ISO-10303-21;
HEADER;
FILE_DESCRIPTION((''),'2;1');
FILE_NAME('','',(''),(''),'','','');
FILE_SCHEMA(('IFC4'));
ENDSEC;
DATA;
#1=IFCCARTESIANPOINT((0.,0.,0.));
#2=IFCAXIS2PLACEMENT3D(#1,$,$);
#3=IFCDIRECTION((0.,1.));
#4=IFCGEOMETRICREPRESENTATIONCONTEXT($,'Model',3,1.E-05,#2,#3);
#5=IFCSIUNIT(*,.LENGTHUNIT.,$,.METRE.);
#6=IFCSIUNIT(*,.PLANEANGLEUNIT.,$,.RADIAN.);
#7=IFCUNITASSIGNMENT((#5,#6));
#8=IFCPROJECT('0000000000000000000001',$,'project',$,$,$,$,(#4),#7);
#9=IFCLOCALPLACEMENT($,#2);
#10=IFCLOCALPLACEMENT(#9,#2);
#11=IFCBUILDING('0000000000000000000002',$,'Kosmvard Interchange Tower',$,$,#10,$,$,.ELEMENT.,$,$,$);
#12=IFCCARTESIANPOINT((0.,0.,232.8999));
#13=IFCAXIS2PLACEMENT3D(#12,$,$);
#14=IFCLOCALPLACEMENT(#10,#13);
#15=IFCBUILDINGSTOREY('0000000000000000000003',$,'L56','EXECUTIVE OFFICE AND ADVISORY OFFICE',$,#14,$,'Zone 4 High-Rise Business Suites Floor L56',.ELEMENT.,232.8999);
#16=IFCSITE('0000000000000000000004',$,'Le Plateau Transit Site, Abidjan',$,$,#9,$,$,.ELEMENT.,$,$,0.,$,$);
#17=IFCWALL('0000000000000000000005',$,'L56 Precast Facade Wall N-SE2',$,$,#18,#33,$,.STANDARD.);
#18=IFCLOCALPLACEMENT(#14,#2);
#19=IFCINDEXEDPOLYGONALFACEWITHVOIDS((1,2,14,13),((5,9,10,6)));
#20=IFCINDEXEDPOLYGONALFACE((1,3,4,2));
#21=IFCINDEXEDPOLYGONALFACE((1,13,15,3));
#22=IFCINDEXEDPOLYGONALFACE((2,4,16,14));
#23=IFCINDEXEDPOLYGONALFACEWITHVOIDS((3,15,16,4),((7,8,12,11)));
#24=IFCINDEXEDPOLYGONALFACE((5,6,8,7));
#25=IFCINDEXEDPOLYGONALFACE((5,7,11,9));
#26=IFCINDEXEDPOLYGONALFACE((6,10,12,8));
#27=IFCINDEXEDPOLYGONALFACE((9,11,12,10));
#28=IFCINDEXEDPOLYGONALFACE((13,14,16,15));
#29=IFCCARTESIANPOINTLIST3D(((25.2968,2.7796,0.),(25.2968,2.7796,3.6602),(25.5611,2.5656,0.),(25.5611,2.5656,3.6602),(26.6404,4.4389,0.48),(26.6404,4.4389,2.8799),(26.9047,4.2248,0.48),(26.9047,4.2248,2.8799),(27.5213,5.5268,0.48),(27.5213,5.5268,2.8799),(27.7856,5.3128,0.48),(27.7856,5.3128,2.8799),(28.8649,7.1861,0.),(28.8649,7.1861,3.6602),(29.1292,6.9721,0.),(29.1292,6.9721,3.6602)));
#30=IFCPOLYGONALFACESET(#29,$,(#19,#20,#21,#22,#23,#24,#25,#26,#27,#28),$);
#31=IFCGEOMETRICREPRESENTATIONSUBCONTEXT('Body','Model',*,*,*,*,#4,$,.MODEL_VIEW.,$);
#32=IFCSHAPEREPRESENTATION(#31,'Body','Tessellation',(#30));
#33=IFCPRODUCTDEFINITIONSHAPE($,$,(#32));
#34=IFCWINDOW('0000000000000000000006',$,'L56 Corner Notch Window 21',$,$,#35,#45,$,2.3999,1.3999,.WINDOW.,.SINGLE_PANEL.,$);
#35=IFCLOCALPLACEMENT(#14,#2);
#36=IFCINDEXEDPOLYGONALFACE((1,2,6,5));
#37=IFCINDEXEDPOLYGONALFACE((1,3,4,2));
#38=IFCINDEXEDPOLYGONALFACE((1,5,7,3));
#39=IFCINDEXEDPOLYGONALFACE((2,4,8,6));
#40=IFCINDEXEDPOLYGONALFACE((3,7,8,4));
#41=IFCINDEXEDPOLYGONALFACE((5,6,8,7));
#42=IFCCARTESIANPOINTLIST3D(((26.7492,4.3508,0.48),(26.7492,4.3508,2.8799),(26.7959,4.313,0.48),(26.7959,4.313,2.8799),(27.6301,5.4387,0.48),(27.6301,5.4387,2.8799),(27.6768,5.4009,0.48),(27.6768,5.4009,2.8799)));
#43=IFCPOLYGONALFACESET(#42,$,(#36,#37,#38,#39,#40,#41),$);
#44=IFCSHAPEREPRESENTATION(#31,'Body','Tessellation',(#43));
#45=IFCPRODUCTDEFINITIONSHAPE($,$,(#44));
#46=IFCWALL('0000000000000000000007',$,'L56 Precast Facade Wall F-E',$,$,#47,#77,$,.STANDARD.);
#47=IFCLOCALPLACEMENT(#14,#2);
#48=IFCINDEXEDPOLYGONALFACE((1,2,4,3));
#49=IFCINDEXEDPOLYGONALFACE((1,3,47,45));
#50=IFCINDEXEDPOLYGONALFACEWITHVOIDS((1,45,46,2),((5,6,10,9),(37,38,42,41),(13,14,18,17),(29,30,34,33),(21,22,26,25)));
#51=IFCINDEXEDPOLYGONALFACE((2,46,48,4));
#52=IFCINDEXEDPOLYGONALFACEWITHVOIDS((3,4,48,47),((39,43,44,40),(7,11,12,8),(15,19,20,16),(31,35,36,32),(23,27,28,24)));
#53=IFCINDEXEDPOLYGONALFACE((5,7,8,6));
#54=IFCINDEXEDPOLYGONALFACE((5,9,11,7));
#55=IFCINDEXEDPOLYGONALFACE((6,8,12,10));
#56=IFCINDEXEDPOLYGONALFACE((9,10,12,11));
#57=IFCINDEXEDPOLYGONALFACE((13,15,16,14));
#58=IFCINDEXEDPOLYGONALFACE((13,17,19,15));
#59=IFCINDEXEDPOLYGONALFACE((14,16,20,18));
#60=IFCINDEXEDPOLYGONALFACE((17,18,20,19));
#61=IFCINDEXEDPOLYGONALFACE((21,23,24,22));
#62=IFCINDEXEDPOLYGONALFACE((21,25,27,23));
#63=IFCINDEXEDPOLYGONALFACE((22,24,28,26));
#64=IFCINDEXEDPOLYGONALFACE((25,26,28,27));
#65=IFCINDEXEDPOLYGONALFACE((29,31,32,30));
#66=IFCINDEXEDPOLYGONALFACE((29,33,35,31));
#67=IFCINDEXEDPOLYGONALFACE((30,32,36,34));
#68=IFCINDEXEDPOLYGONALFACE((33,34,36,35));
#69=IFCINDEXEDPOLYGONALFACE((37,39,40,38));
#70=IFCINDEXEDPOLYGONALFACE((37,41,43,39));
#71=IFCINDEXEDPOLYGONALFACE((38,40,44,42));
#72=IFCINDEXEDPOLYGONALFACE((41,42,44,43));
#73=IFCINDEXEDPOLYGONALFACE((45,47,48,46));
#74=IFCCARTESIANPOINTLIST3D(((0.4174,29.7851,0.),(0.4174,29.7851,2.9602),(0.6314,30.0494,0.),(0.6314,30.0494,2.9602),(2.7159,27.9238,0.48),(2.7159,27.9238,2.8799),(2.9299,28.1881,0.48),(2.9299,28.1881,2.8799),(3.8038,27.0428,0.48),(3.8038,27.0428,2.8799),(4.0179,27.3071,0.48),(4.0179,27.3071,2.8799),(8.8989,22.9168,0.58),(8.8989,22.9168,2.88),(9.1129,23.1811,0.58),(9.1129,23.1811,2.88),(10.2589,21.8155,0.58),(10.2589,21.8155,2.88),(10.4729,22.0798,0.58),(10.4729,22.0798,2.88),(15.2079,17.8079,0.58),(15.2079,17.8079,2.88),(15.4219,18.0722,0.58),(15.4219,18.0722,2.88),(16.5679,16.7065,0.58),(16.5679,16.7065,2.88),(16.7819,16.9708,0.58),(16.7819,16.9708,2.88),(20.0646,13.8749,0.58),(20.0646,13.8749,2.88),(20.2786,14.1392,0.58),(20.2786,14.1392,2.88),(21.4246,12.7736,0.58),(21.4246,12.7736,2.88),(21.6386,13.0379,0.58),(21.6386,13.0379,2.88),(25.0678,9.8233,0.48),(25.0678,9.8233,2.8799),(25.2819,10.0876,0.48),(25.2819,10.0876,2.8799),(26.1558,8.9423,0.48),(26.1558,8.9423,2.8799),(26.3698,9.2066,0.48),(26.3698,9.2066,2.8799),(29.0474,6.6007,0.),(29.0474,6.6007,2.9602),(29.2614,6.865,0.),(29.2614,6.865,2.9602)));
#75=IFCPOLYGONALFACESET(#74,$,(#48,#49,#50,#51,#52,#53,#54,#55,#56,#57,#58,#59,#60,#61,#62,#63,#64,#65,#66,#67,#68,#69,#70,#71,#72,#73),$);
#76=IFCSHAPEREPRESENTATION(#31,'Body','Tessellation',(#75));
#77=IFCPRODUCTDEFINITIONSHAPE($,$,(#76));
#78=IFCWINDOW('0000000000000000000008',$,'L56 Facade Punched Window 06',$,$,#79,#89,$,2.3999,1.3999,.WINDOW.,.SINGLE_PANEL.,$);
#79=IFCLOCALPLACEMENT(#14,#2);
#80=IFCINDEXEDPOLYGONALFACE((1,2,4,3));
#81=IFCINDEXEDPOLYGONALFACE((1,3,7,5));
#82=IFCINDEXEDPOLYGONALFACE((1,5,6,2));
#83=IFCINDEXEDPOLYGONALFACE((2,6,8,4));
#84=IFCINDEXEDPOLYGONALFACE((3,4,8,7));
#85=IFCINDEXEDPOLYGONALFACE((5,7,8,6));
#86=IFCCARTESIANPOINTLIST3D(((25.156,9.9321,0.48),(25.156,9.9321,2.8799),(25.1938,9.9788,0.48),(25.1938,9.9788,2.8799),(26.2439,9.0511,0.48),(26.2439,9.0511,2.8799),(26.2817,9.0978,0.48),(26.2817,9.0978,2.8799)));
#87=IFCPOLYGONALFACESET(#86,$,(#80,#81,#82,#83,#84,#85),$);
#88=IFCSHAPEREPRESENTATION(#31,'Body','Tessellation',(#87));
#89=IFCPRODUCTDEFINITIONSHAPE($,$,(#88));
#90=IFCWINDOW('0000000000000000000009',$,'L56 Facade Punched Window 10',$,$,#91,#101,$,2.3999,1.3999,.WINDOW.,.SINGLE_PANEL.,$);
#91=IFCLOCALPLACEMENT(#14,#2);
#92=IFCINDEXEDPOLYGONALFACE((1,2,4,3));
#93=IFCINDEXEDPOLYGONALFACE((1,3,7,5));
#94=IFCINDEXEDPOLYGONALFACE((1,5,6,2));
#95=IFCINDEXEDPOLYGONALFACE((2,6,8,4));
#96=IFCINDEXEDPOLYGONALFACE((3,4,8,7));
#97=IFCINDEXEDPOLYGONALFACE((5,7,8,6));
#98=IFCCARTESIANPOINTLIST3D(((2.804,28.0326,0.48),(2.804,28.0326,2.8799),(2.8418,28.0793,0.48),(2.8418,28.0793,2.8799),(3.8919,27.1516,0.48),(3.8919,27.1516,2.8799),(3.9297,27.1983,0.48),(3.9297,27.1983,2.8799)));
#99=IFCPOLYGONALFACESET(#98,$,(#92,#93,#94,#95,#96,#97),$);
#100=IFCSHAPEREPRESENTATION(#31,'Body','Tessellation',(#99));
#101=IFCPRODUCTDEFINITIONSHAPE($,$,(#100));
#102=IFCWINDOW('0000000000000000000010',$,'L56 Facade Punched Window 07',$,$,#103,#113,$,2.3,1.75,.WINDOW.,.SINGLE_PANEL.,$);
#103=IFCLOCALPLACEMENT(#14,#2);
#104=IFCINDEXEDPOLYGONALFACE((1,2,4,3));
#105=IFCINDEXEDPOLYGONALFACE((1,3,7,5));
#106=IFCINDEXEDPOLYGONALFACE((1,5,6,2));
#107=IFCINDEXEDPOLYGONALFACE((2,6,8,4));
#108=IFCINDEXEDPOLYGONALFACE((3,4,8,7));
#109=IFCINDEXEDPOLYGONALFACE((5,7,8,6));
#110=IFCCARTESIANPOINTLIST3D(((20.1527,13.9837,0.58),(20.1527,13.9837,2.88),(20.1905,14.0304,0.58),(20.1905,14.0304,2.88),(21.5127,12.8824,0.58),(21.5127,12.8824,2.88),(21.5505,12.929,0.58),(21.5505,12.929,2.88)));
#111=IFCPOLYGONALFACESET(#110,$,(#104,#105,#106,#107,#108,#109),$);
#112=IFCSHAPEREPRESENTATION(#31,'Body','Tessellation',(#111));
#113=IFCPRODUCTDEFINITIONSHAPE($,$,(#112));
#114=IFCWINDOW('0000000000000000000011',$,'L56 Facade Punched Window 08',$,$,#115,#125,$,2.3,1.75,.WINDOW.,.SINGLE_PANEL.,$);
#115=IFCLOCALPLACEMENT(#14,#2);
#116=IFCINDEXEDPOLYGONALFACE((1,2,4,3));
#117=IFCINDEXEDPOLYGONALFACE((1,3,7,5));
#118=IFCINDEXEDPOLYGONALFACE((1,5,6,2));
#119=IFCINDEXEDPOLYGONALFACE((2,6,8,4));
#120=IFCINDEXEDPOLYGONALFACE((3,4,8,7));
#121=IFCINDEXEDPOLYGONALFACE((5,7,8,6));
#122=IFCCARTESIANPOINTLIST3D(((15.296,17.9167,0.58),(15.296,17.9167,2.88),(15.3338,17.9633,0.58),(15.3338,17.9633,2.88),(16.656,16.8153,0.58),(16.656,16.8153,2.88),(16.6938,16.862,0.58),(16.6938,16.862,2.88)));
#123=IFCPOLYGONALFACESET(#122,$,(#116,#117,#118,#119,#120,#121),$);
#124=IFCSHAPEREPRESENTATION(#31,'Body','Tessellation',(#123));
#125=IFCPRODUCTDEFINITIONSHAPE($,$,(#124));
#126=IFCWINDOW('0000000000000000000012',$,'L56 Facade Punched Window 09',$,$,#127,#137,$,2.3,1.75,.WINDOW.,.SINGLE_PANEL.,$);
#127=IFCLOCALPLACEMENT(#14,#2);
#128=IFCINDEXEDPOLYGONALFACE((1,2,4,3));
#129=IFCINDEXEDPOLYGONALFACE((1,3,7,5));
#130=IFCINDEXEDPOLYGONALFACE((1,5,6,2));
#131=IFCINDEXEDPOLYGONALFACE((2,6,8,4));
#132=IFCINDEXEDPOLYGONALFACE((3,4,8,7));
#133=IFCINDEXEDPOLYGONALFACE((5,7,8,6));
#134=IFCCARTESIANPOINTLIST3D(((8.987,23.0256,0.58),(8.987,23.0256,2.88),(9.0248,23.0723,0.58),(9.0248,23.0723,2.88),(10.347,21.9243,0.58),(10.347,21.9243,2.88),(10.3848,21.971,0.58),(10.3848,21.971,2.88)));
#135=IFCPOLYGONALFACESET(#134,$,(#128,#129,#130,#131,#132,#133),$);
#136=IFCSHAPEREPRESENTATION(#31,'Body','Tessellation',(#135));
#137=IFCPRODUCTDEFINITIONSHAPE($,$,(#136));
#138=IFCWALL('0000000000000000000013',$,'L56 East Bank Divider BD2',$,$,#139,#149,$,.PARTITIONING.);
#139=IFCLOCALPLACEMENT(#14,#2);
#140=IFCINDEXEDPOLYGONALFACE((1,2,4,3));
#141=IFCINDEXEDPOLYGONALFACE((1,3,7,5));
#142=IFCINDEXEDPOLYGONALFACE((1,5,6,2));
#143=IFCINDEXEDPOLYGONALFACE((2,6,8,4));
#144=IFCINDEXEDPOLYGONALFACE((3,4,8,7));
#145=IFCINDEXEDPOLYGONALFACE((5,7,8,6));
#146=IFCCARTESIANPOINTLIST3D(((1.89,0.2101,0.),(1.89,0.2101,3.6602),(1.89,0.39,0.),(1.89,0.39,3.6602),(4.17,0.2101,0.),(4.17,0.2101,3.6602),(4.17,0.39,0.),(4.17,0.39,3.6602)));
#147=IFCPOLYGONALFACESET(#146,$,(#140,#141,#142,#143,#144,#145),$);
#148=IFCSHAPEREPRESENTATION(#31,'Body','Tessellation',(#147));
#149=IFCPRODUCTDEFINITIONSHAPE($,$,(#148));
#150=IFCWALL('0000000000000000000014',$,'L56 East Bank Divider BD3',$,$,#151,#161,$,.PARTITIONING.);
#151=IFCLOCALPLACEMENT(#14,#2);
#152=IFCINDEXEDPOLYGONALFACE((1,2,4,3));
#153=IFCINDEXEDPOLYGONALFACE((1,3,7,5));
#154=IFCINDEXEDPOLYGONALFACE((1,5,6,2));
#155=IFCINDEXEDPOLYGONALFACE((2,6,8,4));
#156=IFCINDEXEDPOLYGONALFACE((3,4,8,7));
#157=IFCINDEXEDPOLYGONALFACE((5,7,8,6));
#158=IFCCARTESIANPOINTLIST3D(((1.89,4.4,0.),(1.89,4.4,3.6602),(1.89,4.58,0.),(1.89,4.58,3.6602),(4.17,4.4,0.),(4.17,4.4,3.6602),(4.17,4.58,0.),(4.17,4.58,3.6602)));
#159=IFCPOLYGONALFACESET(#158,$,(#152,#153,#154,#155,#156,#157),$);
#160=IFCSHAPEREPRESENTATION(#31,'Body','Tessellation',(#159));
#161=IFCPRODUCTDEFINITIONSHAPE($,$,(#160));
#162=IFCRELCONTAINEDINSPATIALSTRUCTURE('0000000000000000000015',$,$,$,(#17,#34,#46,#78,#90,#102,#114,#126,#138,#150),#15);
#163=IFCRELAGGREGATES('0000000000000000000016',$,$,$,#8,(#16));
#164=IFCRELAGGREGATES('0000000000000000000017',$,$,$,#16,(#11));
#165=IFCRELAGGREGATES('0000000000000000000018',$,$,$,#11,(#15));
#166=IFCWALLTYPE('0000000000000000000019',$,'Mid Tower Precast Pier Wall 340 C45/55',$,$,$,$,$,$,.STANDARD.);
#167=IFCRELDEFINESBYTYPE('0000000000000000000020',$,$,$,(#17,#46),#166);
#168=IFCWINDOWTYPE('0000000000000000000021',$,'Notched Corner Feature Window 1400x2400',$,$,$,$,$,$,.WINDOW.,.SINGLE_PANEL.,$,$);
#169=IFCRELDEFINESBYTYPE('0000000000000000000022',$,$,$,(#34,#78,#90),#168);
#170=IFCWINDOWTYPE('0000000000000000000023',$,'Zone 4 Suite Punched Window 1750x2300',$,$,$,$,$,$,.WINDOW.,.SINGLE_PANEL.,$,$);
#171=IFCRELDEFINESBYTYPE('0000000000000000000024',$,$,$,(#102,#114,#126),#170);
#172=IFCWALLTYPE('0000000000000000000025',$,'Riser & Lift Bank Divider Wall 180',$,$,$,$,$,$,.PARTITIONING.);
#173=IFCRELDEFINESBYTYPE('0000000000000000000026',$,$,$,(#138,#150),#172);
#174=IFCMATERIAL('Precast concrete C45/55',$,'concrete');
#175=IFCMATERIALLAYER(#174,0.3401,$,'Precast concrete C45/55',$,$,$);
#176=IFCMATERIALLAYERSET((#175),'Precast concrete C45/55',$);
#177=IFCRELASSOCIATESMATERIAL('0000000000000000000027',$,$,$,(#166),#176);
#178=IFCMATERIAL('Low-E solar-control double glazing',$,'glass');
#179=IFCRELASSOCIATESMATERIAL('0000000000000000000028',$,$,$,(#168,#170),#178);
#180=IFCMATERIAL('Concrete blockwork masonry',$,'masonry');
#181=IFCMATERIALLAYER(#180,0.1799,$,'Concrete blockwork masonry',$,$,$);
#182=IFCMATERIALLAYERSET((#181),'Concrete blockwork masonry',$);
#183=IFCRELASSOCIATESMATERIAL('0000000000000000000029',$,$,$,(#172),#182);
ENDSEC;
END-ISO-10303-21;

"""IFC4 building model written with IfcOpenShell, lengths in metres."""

from ifc_helpers import new_model, si_unit, direction, frame, frame_2d, origin, place, context, subcontext, project, spatial, rectangle, extrude, source, transform, mapped, material, layer, layer_set, type_object, element, fill, save


model = new_model("IFC4")

# Units and contexts
model_context = context("Model", 3, precision=1e-05, world=origin(), true_north=direction((0.0, 1.0)))
body_context = subcontext(model_context, "Body", "Model", "MODEL_VIEW")
ifc_project = project(units=[si_unit("LENGTHUNIT", "METRE"), si_unit("PLANEANGLEUNIT", "RADIAN")], contexts=[model_context])

# Site, building, storey
site_placement = place(None, origin())
site = spatial("IfcSite", under=ifc_project, at=site_placement, Name="Le Plateau Transit Site, Abidjan", CompositionType="ELEMENT", RefElevation=0.0)
building_placement = place(site_placement, origin())
building = spatial("IfcBuilding", under=site, at=building_placement, Name="Kosmvard Interchange Tower", CompositionType="ELEMENT")
storey_placement = place(building_placement, frame((0.0, 0.0, 232.8999)))
storey = spatial("IfcBuildingStorey", under=building, at=storey_placement, Name="L56", Description="EXECUTIVE OFFICE AND ADVISORY OFFICE", LongName="Zone 4 High-Rise Business Suites Floor L56", CompositionType="ELEMENT", Elevation=232.8999)

# Wall, opening, window
ifc_material_1 = material(Name="Precast concrete C45/55", Category="concrete")
ifc_layer_1 = layer(ifc_material_1, 0.3401, Name="Precast concrete C45/55")
ifc_layer_set_1 = layer_set([ifc_layer_1], Name="Precast concrete C45/55")
wall_type_1 = type_object("IfcWallType", Name="Mid Tower Precast Pier Wall 340 C45/55", PredefinedType="STANDARD", material=ifc_layer_set_1)
wall_1_placement = place(storey_placement, frame((25.429, 2.6726, 0.0), z_axis=(0.0, 0.0, 1.0), x_axis=(0.6293, 0.777163, 0.0)))
wall_1 = element("IfcWall", 1, at=wall_1_placement, inside=storey, type_object=wall_type_1, Name="L56 Precast Facade Wall N-SE2", PredefinedType="STANDARD", context=body_context, shape_type="SweptSolid", body=[
    extrude(rectangle(XDim=5.6699, YDim=0.3401, at=frame_2d((2.835, 0.0))), origin(), (0.0, 0.0, 1.0), 3.6602),
])
opening_1_placement = place(wall_1_placement, frame((2.135, 0.0, 0.48)))
opening_1 = element("IfcOpeningElement", 2, at=opening_1_placement, cuts=wall_1, PredefinedType="OPENING", context=body_context, shape_type="SweptSolid", body=[
    extrude(rectangle(XDim=1.3999, YDim=2.3999, at=frame_2d((0.7, 1.2))), frame((0.0, 0.1802, 0.0), z_axis=(0.0, -1.0, 0.0), x_axis=(1.0, 0.0, 0.0)), (0.0, 0.0, 1.0), 0.3601),
])
ifc_material_2 = material(Name="Low-E solar-control double glazing", Category="glass")
window_type_1 = type_object("IfcWindowType", Name="Notched Corner Feature Window 1400x2400", PartitioningType="SINGLE_PANEL", PredefinedType="WINDOW", material=ifc_material_2)
shared_shape_1 = source(origin(), body_context, "Body", "SweptSolid", [
    extrude(rectangle(XDim=1.3999, YDim=2.3999, at=frame_2d((0.7, 1.2))), frame((0.0, 0.03, 0.0), z_axis=(0.0, -1.0, 0.0), x_axis=(1.0, 0.0, 0.0)), (0.0, 0.0, 1.0), 0.0601),
])
window_1_placement = place(opening_1_placement, origin())
window_1 = element("IfcWindow", 3, at=window_1_placement, inside=storey, type_object=window_type_1, Name="L56 Corner Notch Window 21", OverallHeight=2.3999, OverallWidth=1.3999, PartitioningType="SINGLE_PANEL", PredefinedType="WINDOW", context=body_context, shape_type="MappedRepresentation", body=[
    mapped(shared_shape_1, transform((0.0, 0.0, 0.0), scale=1.0)),
])
fill(opening_1, window_1)

# Wall, openings, windows
wall_2_placement = place(storey_placement, frame((29.1543, 6.7329, 0.0), z_axis=(0.0, 0.0, 1.0), x_axis=(-0.777142, 0.629325, 0.0)))
wall_2 = element("IfcWall", 4, at=wall_2_placement, inside=storey, type_object=wall_type_1, Name="L56 Precast Facade Wall F-E", PredefinedType="STANDARD", context=body_context, shape_type="SweptSolid", body=[
    extrude(rectangle(XDim=36.8401, YDim=0.3401, at=frame_2d((18.4199, 0.0))), origin(), (0.0, 0.0, 1.0), 2.9602),
])
opening_2_placement = place(wall_2_placement, frame((3.7207, 0.0, 0.48)))
opening_2 = element("IfcOpeningElement", 5, at=opening_2_placement, cuts=wall_2, PredefinedType="OPENING", context=body_context, shape_type="SweptSolid", body=[
    extrude(rectangle(XDim=1.3999, YDim=2.3999, at=frame_2d((0.7, 1.2))), frame((0.0, 0.1802, 0.0), z_axis=(0.0, -1.0, 0.0), x_axis=(1.0, 0.0, 0.0)), (0.0, 0.0, 1.0), 0.3601),
])
opening_3_placement = place(wall_2_placement, frame((9.8086, 0.0, 0.5801)))
opening_3 = element("IfcOpeningElement", 6, at=opening_3_placement, cuts=wall_2, PredefinedType="OPENING", context=body_context, shape_type="SweptSolid", body=[
    extrude(rectangle(XDim=1.75, YDim=2.3, at=frame_2d((0.875, 1.1499))), frame((0.0, 0.1802, 0.0), z_axis=(0.0, -1.0, 0.0), x_axis=(1.0, 0.0, 0.0)), (0.0, 0.0, 1.0), 0.3601),
])
opening_4_placement = place(wall_2_placement, frame((16.0581, 0.0, 0.5801)))
opening_4 = element("IfcOpeningElement", 7, at=opening_4_placement, cuts=wall_2, PredefinedType="OPENING", context=body_context, shape_type="SweptSolid", body=[
    extrude(rectangle(XDim=1.75, YDim=2.3, at=frame_2d((0.875, 1.1499))), frame((0.0, 0.1802, 0.0), z_axis=(0.0, -1.0, 0.0), x_axis=(1.0, 0.0, 0.0)), (0.0, 0.0, 1.0), 0.3601),
])
opening_5_placement = place(wall_2_placement, frame((24.1763, 0.0, 0.5801)))
opening_5 = element("IfcOpeningElement", 8, at=opening_5_placement, cuts=wall_2, PredefinedType="OPENING", context=body_context, shape_type="SweptSolid", body=[
    extrude(rectangle(XDim=1.75, YDim=2.3, at=frame_2d((0.875, 1.1499))), frame((0.0, 0.1802, 0.0), z_axis=(0.0, -1.0, 0.0), x_axis=(1.0, 0.0, 0.0)), (0.0, 0.0, 1.0), 0.3601),
])
opening_6_placement = place(wall_2_placement, frame((32.4824, 0.0, 0.48)))
opening_6 = element("IfcOpeningElement", 9, at=opening_6_placement, cuts=wall_2, PredefinedType="OPENING", context=body_context, shape_type="SweptSolid", body=[
    extrude(rectangle(XDim=1.3999, YDim=2.3999, at=frame_2d((0.7, 1.2))), frame((0.0, 0.1802, 0.0), z_axis=(0.0, -1.0, 0.0), x_axis=(1.0, 0.0, 0.0)), (0.0, 0.0, 1.0), 0.3601),
])
window_2_placement = place(opening_2_placement, origin())
window_2 = element("IfcWindow", 10, at=window_2_placement, inside=storey, type_object=window_type_1, Name="L56 Facade Punched Window 06", OverallHeight=2.3999, OverallWidth=1.3999, PartitioningType="SINGLE_PANEL", PredefinedType="WINDOW", context=body_context, shape_type="MappedRepresentation", body=[
    mapped(shared_shape_1, transform((0.0, 0.0, 0.0), scale=1.0)),
])
fill(opening_2, window_2)
window_3_placement = place(opening_6_placement, origin())
window_3 = element("IfcWindow", 11, at=window_3_placement, inside=storey, type_object=window_type_1, Name="L56 Facade Punched Window 10", OverallHeight=2.3999, OverallWidth=1.3999, PartitioningType="SINGLE_PANEL", PredefinedType="WINDOW", context=body_context, shape_type="MappedRepresentation", body=[
    mapped(shared_shape_1, transform((0.0, 0.0, 0.0), scale=1.0)),
])
fill(opening_6, window_3)
window_type_2 = type_object("IfcWindowType", Name="Zone 4 Suite Punched Window 1750x2300", PartitioningType="SINGLE_PANEL", PredefinedType="WINDOW", material=ifc_material_2)
shared_shape_2 = source(origin(), body_context, "Body", "SweptSolid", [
    extrude(rectangle(XDim=1.75, YDim=2.3, at=frame_2d((0.875, 1.1499))), frame((0.0, 0.03, 0.0), z_axis=(0.0, -1.0, 0.0), x_axis=(1.0, 0.0, 0.0)), (0.0, 0.0, 1.0), 0.0601),
])
window_4_placement = place(opening_3_placement, origin())
window_4 = element("IfcWindow", 12, at=window_4_placement, inside=storey, type_object=window_type_2, Name="L56 Facade Punched Window 07", OverallHeight=2.3, OverallWidth=1.75, PartitioningType="SINGLE_PANEL", PredefinedType="WINDOW", context=body_context, shape_type="MappedRepresentation", body=[
    mapped(shared_shape_2, transform((0.0, 0.0, 0.0), scale=1.0)),
])
fill(opening_3, window_4)
window_5_placement = place(opening_4_placement, origin())
window_5 = element("IfcWindow", 13, at=window_5_placement, inside=storey, type_object=window_type_2, Name="L56 Facade Punched Window 08", OverallHeight=2.3, OverallWidth=1.75, PartitioningType="SINGLE_PANEL", PredefinedType="WINDOW", context=body_context, shape_type="MappedRepresentation", body=[
    mapped(shared_shape_2, transform((0.0, 0.0, 0.0), scale=1.0)),
])
fill(opening_4, window_5)
window_6_placement = place(opening_5_placement, origin())
window_6 = element("IfcWindow", 14, at=window_6_placement, inside=storey, type_object=window_type_2, Name="L56 Facade Punched Window 09", OverallHeight=2.3, OverallWidth=1.75, PartitioningType="SINGLE_PANEL", PredefinedType="WINDOW", context=body_context, shape_type="MappedRepresentation", body=[
    mapped(shared_shape_2, transform((0.0, 0.0, 0.0), scale=1.0)),
])
fill(opening_5, window_6)

# Walls
ifc_material_3 = material(Name="Concrete blockwork masonry", Category="masonry")
ifc_layer_2 = layer(ifc_material_3, 0.1799, Name="Concrete blockwork masonry")
ifc_layer_set_2 = layer_set([ifc_layer_2], Name="Concrete blockwork masonry")
wall_type_2 = type_object("IfcWallType", Name="Riser & Lift Bank Divider Wall 180", PredefinedType="PARTITIONING", material=ifc_layer_set_2)
for number, where, z_axis, x_axis, name in (
    (15, (1.8899, 0.3, 0.0), (0.0, 0.0, 1.0), (1.0, 0.0, 0.0), "L56 East Bank Divider BD2"),
    (16, (1.8899, 4.49, 0.0), (0.0, 0.0, 1.0), (1.0, 0.0, 0.0), "L56 East Bank Divider BD3"),
):
    element("IfcWall", number, at=place(storey_placement, frame(where, z_axis=z_axis, x_axis=x_axis)), inside=storey, type_object=wall_type_2, Name=name, PredefinedType="PARTITIONING", context=body_context, shape_type="SweptSolid", body=[
        extrude(rectangle(XDim=2.28, YDim=0.1799, at=frame_2d((1.1401, 0.0))), origin(), (0.0, 0.0, 1.0), 3.6602),
    ])

save(model, "model.ifc")
